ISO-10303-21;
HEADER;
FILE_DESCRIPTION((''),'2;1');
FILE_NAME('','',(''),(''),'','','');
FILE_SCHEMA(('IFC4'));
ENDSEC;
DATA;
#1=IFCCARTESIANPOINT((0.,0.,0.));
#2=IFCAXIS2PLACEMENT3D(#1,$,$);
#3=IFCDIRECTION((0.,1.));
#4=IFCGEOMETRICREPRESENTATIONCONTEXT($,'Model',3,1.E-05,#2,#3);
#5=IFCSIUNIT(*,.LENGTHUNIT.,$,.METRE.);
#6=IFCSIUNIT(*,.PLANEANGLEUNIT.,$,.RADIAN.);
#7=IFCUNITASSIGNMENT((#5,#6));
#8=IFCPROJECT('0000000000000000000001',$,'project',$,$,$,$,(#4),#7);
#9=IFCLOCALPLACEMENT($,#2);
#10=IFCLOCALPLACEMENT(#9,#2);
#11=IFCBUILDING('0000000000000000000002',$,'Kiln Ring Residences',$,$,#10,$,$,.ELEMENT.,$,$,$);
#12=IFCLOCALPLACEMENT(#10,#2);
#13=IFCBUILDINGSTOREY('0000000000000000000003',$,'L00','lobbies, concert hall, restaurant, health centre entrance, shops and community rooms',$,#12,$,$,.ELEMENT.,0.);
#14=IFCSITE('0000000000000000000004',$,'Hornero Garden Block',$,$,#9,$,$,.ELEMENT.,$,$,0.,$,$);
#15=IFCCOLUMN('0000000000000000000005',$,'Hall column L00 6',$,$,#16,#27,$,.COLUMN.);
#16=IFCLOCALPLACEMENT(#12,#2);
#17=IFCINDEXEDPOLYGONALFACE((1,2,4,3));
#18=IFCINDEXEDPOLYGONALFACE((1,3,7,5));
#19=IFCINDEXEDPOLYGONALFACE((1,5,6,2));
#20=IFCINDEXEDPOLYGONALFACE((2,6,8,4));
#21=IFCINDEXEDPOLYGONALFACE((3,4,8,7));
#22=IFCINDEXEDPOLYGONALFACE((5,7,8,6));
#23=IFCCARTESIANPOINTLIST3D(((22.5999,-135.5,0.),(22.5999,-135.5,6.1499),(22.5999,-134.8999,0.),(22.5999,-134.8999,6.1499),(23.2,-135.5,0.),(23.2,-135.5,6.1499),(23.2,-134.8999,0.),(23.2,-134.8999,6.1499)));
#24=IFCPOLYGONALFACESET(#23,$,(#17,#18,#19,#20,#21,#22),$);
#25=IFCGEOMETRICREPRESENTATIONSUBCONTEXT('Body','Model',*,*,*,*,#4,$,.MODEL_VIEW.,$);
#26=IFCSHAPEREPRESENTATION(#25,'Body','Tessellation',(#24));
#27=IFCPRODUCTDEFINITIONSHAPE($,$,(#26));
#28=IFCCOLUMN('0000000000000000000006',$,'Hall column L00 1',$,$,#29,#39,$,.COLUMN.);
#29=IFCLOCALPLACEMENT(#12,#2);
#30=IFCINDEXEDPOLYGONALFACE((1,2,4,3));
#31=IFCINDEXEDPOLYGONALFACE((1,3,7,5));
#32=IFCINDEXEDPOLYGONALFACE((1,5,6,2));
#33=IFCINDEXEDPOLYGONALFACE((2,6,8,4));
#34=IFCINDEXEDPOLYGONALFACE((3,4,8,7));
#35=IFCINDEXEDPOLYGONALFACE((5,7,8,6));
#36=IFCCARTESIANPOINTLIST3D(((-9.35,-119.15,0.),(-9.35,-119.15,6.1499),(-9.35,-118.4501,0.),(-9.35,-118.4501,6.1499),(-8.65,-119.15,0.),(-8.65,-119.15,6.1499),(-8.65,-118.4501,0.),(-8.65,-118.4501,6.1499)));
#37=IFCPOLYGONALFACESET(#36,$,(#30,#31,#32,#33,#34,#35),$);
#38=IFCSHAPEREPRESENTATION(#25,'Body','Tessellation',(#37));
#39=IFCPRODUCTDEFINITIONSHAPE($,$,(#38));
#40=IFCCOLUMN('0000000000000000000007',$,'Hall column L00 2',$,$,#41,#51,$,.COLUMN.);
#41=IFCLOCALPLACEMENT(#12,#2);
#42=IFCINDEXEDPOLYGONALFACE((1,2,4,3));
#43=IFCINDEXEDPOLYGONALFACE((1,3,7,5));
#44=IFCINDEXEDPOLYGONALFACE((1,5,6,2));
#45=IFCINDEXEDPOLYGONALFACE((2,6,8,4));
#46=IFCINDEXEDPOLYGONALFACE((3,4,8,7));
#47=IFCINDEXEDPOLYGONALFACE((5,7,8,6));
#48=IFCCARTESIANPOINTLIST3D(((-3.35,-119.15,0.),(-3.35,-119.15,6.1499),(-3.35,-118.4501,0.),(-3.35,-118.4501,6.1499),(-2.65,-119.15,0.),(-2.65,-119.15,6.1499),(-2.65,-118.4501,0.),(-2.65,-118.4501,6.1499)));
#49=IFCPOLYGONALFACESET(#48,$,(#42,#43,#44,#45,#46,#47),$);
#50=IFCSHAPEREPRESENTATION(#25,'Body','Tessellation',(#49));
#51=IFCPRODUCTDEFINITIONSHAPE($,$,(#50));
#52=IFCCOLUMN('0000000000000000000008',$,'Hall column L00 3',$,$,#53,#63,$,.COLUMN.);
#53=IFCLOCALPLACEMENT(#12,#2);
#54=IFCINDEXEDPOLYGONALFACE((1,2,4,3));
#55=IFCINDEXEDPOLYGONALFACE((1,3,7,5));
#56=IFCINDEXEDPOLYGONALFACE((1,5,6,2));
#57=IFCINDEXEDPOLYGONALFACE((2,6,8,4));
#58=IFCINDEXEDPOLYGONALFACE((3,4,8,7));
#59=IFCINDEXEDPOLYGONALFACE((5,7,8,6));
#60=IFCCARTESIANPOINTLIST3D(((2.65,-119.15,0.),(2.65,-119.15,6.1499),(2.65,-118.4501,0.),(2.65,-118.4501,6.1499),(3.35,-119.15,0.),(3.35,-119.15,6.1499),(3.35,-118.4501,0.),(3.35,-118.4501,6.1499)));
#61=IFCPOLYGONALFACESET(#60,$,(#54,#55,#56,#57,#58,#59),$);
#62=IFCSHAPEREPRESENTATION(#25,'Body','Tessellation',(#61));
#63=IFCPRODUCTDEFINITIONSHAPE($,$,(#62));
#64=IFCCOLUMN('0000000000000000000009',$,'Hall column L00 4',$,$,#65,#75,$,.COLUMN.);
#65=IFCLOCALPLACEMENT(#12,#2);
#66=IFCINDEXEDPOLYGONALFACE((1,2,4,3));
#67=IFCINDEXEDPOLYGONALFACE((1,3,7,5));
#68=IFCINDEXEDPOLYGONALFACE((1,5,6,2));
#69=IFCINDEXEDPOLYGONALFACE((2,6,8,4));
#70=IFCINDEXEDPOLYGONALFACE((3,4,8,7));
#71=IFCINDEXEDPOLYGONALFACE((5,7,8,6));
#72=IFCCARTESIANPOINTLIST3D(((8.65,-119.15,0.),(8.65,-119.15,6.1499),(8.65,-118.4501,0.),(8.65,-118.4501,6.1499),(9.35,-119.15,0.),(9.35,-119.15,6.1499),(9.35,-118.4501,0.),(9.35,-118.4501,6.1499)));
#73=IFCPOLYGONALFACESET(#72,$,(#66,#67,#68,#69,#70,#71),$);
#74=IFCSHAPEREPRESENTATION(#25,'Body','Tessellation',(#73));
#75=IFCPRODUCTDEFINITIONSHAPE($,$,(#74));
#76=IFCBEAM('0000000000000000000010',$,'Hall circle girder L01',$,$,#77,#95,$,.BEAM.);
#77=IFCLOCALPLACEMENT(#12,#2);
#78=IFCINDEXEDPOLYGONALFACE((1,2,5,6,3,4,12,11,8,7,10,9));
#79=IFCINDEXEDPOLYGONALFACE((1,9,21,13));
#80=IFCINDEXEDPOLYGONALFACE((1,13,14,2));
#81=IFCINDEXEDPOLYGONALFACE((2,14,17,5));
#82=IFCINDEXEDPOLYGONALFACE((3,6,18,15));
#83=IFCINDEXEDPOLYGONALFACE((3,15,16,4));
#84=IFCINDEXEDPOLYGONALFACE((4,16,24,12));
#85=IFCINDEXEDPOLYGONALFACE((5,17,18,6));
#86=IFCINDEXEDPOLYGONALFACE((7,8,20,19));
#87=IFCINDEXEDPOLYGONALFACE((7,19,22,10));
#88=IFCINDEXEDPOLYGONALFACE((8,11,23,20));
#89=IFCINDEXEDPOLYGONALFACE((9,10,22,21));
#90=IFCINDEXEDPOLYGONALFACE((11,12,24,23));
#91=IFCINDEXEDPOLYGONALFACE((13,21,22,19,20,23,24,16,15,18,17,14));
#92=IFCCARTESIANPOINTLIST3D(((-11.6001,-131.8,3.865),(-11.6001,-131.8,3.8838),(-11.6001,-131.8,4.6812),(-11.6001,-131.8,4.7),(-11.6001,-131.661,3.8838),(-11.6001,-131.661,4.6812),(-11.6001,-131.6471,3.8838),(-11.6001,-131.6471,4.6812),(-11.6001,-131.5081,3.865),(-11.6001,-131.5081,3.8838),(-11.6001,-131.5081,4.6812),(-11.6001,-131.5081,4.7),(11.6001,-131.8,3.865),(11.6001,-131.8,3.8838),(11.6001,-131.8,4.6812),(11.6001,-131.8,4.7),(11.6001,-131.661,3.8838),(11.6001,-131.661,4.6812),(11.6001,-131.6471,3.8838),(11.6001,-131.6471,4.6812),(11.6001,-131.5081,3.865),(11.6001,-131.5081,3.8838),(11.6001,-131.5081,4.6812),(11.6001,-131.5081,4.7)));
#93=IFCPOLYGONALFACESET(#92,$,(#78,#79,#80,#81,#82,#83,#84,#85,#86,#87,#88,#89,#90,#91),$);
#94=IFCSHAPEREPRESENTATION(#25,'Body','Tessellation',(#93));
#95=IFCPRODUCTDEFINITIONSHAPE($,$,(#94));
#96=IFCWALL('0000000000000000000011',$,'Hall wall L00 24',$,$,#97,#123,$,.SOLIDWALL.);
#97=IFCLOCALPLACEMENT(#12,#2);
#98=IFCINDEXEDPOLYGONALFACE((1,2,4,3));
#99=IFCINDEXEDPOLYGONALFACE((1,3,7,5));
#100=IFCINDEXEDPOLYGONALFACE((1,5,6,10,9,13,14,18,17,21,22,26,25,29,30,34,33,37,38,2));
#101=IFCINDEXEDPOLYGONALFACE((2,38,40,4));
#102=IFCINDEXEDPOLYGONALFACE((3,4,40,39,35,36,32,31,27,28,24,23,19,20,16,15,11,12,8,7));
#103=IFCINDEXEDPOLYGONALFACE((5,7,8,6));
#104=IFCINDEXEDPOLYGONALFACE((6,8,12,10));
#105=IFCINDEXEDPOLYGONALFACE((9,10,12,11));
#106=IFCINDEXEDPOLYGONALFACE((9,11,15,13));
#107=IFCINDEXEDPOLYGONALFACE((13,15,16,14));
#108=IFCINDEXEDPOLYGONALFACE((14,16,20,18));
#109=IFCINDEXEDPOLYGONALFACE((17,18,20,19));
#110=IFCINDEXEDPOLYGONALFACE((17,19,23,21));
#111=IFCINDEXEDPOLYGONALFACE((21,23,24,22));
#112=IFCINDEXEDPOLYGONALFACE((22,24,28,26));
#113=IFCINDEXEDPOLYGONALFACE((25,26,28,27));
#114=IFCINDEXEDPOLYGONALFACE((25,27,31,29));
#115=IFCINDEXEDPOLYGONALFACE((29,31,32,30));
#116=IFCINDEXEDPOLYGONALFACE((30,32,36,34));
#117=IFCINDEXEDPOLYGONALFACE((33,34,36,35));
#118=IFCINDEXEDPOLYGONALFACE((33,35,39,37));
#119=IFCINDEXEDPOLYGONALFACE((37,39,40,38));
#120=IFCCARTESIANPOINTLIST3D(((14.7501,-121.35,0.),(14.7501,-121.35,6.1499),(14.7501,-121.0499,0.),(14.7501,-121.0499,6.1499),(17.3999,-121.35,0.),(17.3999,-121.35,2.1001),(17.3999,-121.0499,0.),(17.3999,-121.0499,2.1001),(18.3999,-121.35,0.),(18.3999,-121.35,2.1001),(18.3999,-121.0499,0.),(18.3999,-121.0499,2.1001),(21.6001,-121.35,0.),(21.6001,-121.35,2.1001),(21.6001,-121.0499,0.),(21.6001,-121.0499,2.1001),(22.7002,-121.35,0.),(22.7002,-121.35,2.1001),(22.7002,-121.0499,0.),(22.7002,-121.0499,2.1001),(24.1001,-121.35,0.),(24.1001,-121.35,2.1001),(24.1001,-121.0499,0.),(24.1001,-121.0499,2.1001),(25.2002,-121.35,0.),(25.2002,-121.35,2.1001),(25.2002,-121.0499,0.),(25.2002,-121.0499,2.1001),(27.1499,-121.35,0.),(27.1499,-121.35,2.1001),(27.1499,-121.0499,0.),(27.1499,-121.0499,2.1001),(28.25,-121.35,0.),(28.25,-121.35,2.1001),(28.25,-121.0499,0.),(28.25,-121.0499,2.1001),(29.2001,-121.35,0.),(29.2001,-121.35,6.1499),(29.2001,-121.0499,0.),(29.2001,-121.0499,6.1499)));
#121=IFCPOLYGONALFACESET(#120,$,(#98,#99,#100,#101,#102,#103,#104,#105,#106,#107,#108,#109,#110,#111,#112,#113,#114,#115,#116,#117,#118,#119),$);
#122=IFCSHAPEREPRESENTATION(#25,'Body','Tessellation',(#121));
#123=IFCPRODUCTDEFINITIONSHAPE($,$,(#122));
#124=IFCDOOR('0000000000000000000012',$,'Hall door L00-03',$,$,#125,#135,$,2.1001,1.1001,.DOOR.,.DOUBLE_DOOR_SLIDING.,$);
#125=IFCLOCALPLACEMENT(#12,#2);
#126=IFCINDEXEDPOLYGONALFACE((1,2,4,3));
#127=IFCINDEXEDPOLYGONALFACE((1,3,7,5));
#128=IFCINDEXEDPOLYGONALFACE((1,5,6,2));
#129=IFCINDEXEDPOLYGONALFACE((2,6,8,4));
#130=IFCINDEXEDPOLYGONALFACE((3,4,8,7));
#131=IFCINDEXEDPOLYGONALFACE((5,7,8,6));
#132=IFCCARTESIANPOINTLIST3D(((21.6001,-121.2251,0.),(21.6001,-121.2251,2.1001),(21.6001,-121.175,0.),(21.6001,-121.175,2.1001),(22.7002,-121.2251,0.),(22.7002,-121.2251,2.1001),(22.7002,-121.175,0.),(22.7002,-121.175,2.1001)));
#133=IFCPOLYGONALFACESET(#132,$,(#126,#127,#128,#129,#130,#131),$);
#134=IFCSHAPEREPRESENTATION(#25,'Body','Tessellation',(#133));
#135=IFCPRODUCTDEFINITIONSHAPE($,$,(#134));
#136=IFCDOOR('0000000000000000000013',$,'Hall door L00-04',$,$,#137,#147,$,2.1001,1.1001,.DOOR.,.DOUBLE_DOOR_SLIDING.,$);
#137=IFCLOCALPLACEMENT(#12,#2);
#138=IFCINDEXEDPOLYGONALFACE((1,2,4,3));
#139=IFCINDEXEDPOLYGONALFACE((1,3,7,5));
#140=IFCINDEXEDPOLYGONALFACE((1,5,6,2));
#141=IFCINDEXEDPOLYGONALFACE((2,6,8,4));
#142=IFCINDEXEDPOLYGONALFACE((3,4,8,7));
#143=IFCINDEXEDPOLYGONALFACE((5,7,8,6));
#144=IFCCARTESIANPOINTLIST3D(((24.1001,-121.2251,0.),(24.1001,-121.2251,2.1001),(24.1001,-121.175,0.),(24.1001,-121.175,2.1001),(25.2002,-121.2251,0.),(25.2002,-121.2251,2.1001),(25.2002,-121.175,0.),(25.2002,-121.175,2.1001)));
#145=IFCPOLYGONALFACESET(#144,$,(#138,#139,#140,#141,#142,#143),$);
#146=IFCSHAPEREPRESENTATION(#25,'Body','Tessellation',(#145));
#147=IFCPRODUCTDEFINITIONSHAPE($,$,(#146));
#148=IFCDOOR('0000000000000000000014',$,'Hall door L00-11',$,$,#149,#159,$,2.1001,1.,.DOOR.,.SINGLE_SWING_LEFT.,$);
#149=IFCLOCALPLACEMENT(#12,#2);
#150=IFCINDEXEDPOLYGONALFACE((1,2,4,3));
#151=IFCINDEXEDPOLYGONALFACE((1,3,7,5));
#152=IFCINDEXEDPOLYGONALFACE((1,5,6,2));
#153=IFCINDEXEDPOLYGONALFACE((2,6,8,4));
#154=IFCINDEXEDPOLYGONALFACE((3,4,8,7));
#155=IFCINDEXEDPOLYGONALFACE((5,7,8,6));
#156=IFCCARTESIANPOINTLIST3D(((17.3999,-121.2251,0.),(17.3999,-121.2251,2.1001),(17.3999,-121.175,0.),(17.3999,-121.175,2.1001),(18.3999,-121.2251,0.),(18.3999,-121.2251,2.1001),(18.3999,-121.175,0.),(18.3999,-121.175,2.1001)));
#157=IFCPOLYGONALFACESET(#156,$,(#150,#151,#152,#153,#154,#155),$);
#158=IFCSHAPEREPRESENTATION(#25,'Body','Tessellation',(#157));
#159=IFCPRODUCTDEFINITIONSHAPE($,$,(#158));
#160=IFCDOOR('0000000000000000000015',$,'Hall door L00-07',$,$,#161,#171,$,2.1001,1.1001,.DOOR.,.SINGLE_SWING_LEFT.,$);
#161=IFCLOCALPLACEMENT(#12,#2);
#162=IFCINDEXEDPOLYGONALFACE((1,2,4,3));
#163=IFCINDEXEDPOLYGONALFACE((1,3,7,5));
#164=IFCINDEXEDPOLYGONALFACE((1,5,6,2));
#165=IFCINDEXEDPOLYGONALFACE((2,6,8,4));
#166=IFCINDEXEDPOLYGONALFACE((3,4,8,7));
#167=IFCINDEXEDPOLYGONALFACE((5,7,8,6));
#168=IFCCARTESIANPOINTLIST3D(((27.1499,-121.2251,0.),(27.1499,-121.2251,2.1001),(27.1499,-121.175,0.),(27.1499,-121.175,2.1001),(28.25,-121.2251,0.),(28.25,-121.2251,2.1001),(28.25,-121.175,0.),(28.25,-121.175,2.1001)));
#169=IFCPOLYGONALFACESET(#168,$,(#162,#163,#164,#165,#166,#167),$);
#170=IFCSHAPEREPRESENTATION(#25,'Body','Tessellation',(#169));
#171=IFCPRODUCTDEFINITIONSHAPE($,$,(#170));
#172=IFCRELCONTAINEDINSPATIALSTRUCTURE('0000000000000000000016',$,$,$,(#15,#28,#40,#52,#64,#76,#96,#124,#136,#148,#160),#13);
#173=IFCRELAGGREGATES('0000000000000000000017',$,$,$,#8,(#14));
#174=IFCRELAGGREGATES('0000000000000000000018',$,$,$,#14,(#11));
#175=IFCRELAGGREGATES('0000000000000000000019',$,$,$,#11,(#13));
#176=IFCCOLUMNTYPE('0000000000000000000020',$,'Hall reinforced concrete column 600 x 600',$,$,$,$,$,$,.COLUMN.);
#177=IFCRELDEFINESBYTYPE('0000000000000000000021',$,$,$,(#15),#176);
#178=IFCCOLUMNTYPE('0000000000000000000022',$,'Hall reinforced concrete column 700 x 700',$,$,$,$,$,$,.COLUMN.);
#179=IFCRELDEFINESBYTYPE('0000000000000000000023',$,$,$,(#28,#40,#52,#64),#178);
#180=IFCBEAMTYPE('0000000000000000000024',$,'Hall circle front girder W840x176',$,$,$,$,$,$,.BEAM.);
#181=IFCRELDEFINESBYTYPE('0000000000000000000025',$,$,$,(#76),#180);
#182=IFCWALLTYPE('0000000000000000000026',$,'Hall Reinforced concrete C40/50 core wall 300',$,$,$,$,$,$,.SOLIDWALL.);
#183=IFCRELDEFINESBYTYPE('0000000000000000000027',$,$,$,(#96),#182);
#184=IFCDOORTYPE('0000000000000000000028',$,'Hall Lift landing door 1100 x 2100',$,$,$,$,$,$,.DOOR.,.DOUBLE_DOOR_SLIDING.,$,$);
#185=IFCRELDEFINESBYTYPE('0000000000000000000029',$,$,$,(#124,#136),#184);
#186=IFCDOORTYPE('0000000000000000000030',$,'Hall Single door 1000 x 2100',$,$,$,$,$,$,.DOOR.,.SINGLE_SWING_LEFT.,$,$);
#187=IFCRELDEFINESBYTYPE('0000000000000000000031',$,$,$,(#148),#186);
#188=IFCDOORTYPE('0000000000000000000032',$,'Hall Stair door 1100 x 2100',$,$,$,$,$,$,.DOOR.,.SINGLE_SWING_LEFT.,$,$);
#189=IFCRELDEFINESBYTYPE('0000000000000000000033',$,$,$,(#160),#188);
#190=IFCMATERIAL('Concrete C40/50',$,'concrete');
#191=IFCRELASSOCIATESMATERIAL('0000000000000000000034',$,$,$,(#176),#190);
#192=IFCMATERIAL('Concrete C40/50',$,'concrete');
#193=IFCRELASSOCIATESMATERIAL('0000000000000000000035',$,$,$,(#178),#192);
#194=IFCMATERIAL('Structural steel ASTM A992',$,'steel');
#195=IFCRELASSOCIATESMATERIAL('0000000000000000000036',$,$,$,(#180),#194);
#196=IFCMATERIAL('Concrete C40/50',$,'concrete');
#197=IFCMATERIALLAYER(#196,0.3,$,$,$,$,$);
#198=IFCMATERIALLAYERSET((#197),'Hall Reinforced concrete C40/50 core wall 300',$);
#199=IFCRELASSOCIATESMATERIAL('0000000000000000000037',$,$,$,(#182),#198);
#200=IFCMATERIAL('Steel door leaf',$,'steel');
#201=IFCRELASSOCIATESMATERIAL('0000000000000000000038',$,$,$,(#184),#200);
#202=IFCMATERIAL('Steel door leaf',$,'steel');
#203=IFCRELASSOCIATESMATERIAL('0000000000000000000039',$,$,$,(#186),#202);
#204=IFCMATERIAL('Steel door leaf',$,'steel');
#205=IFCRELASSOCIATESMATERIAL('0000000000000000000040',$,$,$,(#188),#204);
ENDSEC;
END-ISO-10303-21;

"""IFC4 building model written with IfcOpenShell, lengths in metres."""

from ifc_helpers import new_model, si_unit, direction, frame, frame_2d, origin, origin_2d, place, context, subcontext, project, spatial, rectangle, i_section, extrude, material, layer, layer_set, material_profile, profile_set, type_object, element, fill, save


model = new_model("IFC4")

# Units and contexts
model_context = context("Model", 3, precision=1e-05, world=origin(), true_north=direction((0.0, 1.0)))
body_context = subcontext(model_context, "Body", "Model", "MODEL_VIEW")
ifc_project = project(units=[si_unit("LENGTHUNIT", "METRE"), si_unit("PLANEANGLEUNIT", "RADIAN")], contexts=[model_context])

# Site, building, storey
site_placement = place(None, origin())
site = spatial("IfcSite", under=ifc_project, at=site_placement, Name="Hornero Garden Block", CompositionType="ELEMENT", RefElevation=0.0)
building_placement = place(site_placement, origin())
building = spatial("IfcBuilding", under=site, at=building_placement, Name="Kiln Ring Residences", CompositionType="ELEMENT")
storey_placement = place(building_placement, origin())
storey = spatial("IfcBuildingStorey", under=building, at=storey_placement, Name="L00", Description="lobbies, concert hall, restaurant, health centre entrance, shops and community rooms", CompositionType="ELEMENT", Elevation=0.0)

# Columns
ifc_material_1 = material(Name="Concrete C40/50", Category="concrete")
ifc_material_profile_1 = material_profile(ifc_material_1, rectangle(XDim=0.6001, YDim=0.6001, at=origin_2d()), Name="Hall reinforced concrete column 600 x 600")
ifc_profile_set_1 = profile_set([ifc_material_profile_1], Name="Concrete C40/50")
column_type_1 = type_object("IfcColumnType", Name="Hall reinforced concrete column 600 x 600", PredefinedType="COLUMN", material=ifc_profile_set_1)
column_placement = place(storey_placement, frame((22.8999, -135.2, 0.0), z_axis=(0.0, 0.0, 1.0), x_axis=(1.0, 0.0, 0.0)))
element("IfcColumn", 1, at=column_placement, inside=storey, type_object=column_type_1, Name="Hall column L00 6", PredefinedType="COLUMN", context=body_context, shape_type="SweptSolid", body=[
    extrude(rectangle(XDim=0.6001, YDim=0.6001, at=origin_2d()), origin(), (0.0, 0.0, 1.0), 6.1499),
])
ifc_material_2 = material(Name="Concrete C40/50", Category="concrete")
ifc_material_profile_2 = material_profile(ifc_material_2, rectangle(XDim=0.7, YDim=0.7, at=origin_2d()), Name="Hall reinforced concrete column 700 x 700")
ifc_profile_set_2 = profile_set([ifc_material_profile_2], Name="Concrete C40/50")
column_type_2 = type_object("IfcColumnType", Name="Hall reinforced concrete column 700 x 700", PredefinedType="COLUMN", material=ifc_profile_set_2)
for number, where, z_axis, x_axis, name in (
    (2, (-9.0, -118.8, 0.0), (0.0, 0.0, 1.0), (1.0, 0.0, 0.0), "Hall column L00 1"),
    (3, (-3.0, -118.8, 0.0), (0.0, 0.0, 1.0), (1.0, 0.0, 0.0), "Hall column L00 2"),
    (4, (3.0, -118.8, 0.0), (0.0, 0.0, 1.0), (1.0, 0.0, 0.0), "Hall column L00 3"),
    (5, (9.0, -118.8, 0.0), (0.0, 0.0, 1.0), (1.0, 0.0, 0.0), "Hall column L00 4"),
):
    element("IfcColumn", number, at=place(storey_placement, frame(where, z_axis=z_axis, x_axis=x_axis)), inside=storey, type_object=column_type_2, Name=name, PredefinedType="COLUMN", context=body_context, shape_type="SweptSolid", body=[
        extrude(rectangle(XDim=0.7, YDim=0.7, at=origin_2d()), origin(), (0.0, 0.0, 1.0), 6.1499),
    ])

# Beam
ifc_material_3 = material(Name="Structural steel ASTM A992", Category="steel")
ifc_material_profile_3 = material_profile(ifc_material_3, i_section(OverallWidth=0.292, OverallDepth=0.835, WebThickness=0.0139, FlangeThickness=0.0188, at=origin_2d()), Name="W840x176")
ifc_profile_set_3 = profile_set([ifc_material_profile_3], Name="Structural steel ASTM A992")
beam_type = type_object("IfcBeamType", Name="Hall circle front girder W840x176", PredefinedType="BEAM", material=ifc_profile_set_3)
beam_placement = place(storey_placement, frame((-11.6001, -131.6541, 4.2825), z_axis=(1.0, 0.0, 0.0), x_axis=(0.0, 1.0, 0.0)))
element("IfcBeam", 6, at=beam_placement, inside=storey, type_object=beam_type, Name="Hall circle girder L01", PredefinedType="BEAM", context=body_context, shape_type="SweptSolid", body=[
    extrude(i_section(OverallWidth=0.292, OverallDepth=0.835, WebThickness=0.0139, FlangeThickness=0.0188, at=origin_2d()), origin(), (0.0, 0.0, 1.0), 23.2002),
])

# Wall, openings, doors
ifc_material_4 = material(Name="Concrete C40/50", Category="concrete")
ifc_layer_1 = layer(ifc_material_4, 0.3)
ifc_layer_set_1 = layer_set([ifc_layer_1], Name="Hall Reinforced concrete C40/50 core wall 300")
wall_type_1 = type_object("IfcWallType", Name="Hall Reinforced concrete C40/50 core wall 300", PredefinedType="SOLIDWALL", material=ifc_layer_set_1)
wall_1_placement = place(storey_placement, frame((14.75, -121.2, 0.0), z_axis=(0.0, 0.0, 1.0), x_axis=(1.0, 0.0, 0.0)))
wall_1 = element("IfcWall", 7, at=wall_1_placement, inside=storey, type_object=wall_type_1, Name="Hall wall L00 24", PredefinedType="SOLIDWALL", context=body_context, shape_type="SweptSolid", body=[
    extrude(rectangle(XDim=14.45, YDim=0.3, at=frame_2d((7.2251, 0.0))), origin(), (0.0, 0.0, 1.0), 6.1499),
])
opening_1_placement = place(wall_1_placement, frame((6.8501, 0.0, 0.0)))
opening_1 = element("IfcOpeningElement", 8, at=opening_1_placement, cuts=wall_1, PredefinedType="OPENING", context=body_context, shape_type="SweptSolid", body=[
    extrude(rectangle(XDim=1.1001, YDim=2.1001, at=frame_2d((0.55, 1.05))), frame((0.0, 0.1599, 0.0), z_axis=(0.0, -1.0, 0.0), x_axis=(1.0, 0.0, 0.0)), (0.0, 0.0, 1.0), 0.3201),
])
opening_2_placement = place(wall_1_placement, frame((9.3501, 0.0, 0.0)))
opening_2 = element("IfcOpeningElement", 9, at=opening_2_placement, cuts=wall_1, PredefinedType="OPENING", context=body_context, shape_type="SweptSolid", body=[
    extrude(rectangle(XDim=1.1001, YDim=2.1001, at=frame_2d((0.55, 1.05))), frame((0.0, 0.1599, 0.0), z_axis=(0.0, -1.0, 0.0), x_axis=(1.0, 0.0, 0.0)), (0.0, 0.0, 1.0), 0.3201),
])
opening_3_placement = place(wall_1_placement, frame((12.3999, 0.0, 0.0)))
opening_3 = element("IfcOpeningElement", 10, at=opening_3_placement, cuts=wall_1, PredefinedType="OPENING", context=body_context, shape_type="SweptSolid", body=[
    extrude(rectangle(XDim=1.1001, YDim=2.1001, at=frame_2d((0.55, 1.05))), frame((0.0, 0.1599, 0.0), z_axis=(0.0, -1.0, 0.0), x_axis=(1.0, 0.0, 0.0)), (0.0, 0.0, 1.0), 0.3201),
])
opening_4_placement = place(wall_1_placement, frame((2.6499, 0.0, 0.0)))
opening_4 = element("IfcOpeningElement", 11, at=opening_4_placement, cuts=wall_1, PredefinedType="OPENING", context=body_context, shape_type="SweptSolid", body=[
    extrude(rectangle(XDim=1.0, YDim=2.1001, at=frame_2d((0.5, 1.05))), frame((0.0, 0.1599, 0.0), z_axis=(0.0, -1.0, 0.0), x_axis=(1.0, 0.0, 0.0)), (0.0, 0.0, 1.0), 0.3201),
])
ifc_material_5 = material(Name="Steel door leaf", Category="steel")
door_type_1 = type_object("IfcDoorType", Name="Hall Lift landing door 1100 x 2100", OperationType="DOUBLE_DOOR_SLIDING", PredefinedType="DOOR", material=ifc_material_5)
door_1_placement = place(opening_1_placement, origin())
door_1 = element("IfcDoor", 12, at=door_1_placement, inside=storey, type_object=door_type_1, Name="Hall door L00-03", OperationType="DOUBLE_DOOR_SLIDING", OverallHeight=2.1001, OverallWidth=1.1001, PredefinedType="DOOR", context=body_context, shape_type="SweptSolid", body=[
    extrude(rectangle(XDim=1.1001, YDim=2.1001, at=frame_2d((0.55, 1.05))), frame((0.0, 0.0249, 0.0), z_axis=(0.0, -1.0, 0.0), x_axis=(1.0, 0.0, 0.0)), (0.0, 0.0, 1.0), 0.05),
])
fill(opening_1, door_1)
door_2_placement = place(opening_2_placement, origin())
door_2 = element("IfcDoor", 13, at=door_2_placement, inside=storey, type_object=door_type_1, Name="Hall door L00-04", OperationType="DOUBLE_DOOR_SLIDING", OverallHeight=2.1001, OverallWidth=1.1001, PredefinedType="DOOR", context=body_context, shape_type="SweptSolid", body=[
    extrude(rectangle(XDim=1.1001, YDim=2.1001, at=frame_2d((0.55, 1.05))), frame((0.0, 0.0249, 0.0), z_axis=(0.0, -1.0, 0.0), x_axis=(1.0, 0.0, 0.0)), (0.0, 0.0, 1.0), 0.05),
])
fill(opening_2, door_2)
ifc_material_6 = material(Name="Steel door leaf", Category="steel")
door_type_2 = type_object("IfcDoorType", Name="Hall Single door 1000 x 2100", OperationType="SINGLE_SWING_LEFT", PredefinedType="DOOR", material=ifc_material_6)
door_3_placement = place(opening_4_placement, origin())
door_3 = element("IfcDoor", 14, at=door_3_placement, inside=storey, type_object=door_type_2, Name="Hall door L00-11", OperationType="SINGLE_SWING_LEFT", OverallHeight=2.1001, OverallWidth=1.0, PredefinedType="DOOR", context=body_context, shape_type="SweptSolid", body=[
    extrude(rectangle(XDim=1.0, YDim=2.1001, at=frame_2d((0.5, 1.05))), frame((0.0, 0.0249, 0.0), z_axis=(0.0, -1.0, 0.0), x_axis=(1.0, 0.0, 0.0)), (0.0, 0.0, 1.0), 0.05),
])
fill(opening_4, door_3)
ifc_material_7 = material(Name="Steel door leaf", Category="steel")
door_type_3 = type_object("IfcDoorType", Name="Hall Stair door 1100 x 2100", OperationType="SINGLE_SWING_LEFT", PredefinedType="DOOR", material=ifc_material_7)
door_4_placement = place(opening_3_placement, origin())
door_4 = element("IfcDoor", 15, at=door_4_placement, inside=storey, type_object=door_type_3, Name="Hall door L00-07", OperationType="SINGLE_SWING_LEFT", OverallHeight=2.1001, OverallWidth=1.1001, PredefinedType="DOOR", context=body_context, shape_type="SweptSolid", body=[
    extrude(rectangle(XDim=1.1001, YDim=2.1001, at=frame_2d((0.55, 1.05))), frame((0.0, 0.0249, 0.0), z_axis=(0.0, -1.0, 0.0), x_axis=(1.0, 0.0, 0.0)), (0.0, 0.0, 1.0), 0.05),
])
fill(opening_3, door_4)

save(model, "model.ifc")
